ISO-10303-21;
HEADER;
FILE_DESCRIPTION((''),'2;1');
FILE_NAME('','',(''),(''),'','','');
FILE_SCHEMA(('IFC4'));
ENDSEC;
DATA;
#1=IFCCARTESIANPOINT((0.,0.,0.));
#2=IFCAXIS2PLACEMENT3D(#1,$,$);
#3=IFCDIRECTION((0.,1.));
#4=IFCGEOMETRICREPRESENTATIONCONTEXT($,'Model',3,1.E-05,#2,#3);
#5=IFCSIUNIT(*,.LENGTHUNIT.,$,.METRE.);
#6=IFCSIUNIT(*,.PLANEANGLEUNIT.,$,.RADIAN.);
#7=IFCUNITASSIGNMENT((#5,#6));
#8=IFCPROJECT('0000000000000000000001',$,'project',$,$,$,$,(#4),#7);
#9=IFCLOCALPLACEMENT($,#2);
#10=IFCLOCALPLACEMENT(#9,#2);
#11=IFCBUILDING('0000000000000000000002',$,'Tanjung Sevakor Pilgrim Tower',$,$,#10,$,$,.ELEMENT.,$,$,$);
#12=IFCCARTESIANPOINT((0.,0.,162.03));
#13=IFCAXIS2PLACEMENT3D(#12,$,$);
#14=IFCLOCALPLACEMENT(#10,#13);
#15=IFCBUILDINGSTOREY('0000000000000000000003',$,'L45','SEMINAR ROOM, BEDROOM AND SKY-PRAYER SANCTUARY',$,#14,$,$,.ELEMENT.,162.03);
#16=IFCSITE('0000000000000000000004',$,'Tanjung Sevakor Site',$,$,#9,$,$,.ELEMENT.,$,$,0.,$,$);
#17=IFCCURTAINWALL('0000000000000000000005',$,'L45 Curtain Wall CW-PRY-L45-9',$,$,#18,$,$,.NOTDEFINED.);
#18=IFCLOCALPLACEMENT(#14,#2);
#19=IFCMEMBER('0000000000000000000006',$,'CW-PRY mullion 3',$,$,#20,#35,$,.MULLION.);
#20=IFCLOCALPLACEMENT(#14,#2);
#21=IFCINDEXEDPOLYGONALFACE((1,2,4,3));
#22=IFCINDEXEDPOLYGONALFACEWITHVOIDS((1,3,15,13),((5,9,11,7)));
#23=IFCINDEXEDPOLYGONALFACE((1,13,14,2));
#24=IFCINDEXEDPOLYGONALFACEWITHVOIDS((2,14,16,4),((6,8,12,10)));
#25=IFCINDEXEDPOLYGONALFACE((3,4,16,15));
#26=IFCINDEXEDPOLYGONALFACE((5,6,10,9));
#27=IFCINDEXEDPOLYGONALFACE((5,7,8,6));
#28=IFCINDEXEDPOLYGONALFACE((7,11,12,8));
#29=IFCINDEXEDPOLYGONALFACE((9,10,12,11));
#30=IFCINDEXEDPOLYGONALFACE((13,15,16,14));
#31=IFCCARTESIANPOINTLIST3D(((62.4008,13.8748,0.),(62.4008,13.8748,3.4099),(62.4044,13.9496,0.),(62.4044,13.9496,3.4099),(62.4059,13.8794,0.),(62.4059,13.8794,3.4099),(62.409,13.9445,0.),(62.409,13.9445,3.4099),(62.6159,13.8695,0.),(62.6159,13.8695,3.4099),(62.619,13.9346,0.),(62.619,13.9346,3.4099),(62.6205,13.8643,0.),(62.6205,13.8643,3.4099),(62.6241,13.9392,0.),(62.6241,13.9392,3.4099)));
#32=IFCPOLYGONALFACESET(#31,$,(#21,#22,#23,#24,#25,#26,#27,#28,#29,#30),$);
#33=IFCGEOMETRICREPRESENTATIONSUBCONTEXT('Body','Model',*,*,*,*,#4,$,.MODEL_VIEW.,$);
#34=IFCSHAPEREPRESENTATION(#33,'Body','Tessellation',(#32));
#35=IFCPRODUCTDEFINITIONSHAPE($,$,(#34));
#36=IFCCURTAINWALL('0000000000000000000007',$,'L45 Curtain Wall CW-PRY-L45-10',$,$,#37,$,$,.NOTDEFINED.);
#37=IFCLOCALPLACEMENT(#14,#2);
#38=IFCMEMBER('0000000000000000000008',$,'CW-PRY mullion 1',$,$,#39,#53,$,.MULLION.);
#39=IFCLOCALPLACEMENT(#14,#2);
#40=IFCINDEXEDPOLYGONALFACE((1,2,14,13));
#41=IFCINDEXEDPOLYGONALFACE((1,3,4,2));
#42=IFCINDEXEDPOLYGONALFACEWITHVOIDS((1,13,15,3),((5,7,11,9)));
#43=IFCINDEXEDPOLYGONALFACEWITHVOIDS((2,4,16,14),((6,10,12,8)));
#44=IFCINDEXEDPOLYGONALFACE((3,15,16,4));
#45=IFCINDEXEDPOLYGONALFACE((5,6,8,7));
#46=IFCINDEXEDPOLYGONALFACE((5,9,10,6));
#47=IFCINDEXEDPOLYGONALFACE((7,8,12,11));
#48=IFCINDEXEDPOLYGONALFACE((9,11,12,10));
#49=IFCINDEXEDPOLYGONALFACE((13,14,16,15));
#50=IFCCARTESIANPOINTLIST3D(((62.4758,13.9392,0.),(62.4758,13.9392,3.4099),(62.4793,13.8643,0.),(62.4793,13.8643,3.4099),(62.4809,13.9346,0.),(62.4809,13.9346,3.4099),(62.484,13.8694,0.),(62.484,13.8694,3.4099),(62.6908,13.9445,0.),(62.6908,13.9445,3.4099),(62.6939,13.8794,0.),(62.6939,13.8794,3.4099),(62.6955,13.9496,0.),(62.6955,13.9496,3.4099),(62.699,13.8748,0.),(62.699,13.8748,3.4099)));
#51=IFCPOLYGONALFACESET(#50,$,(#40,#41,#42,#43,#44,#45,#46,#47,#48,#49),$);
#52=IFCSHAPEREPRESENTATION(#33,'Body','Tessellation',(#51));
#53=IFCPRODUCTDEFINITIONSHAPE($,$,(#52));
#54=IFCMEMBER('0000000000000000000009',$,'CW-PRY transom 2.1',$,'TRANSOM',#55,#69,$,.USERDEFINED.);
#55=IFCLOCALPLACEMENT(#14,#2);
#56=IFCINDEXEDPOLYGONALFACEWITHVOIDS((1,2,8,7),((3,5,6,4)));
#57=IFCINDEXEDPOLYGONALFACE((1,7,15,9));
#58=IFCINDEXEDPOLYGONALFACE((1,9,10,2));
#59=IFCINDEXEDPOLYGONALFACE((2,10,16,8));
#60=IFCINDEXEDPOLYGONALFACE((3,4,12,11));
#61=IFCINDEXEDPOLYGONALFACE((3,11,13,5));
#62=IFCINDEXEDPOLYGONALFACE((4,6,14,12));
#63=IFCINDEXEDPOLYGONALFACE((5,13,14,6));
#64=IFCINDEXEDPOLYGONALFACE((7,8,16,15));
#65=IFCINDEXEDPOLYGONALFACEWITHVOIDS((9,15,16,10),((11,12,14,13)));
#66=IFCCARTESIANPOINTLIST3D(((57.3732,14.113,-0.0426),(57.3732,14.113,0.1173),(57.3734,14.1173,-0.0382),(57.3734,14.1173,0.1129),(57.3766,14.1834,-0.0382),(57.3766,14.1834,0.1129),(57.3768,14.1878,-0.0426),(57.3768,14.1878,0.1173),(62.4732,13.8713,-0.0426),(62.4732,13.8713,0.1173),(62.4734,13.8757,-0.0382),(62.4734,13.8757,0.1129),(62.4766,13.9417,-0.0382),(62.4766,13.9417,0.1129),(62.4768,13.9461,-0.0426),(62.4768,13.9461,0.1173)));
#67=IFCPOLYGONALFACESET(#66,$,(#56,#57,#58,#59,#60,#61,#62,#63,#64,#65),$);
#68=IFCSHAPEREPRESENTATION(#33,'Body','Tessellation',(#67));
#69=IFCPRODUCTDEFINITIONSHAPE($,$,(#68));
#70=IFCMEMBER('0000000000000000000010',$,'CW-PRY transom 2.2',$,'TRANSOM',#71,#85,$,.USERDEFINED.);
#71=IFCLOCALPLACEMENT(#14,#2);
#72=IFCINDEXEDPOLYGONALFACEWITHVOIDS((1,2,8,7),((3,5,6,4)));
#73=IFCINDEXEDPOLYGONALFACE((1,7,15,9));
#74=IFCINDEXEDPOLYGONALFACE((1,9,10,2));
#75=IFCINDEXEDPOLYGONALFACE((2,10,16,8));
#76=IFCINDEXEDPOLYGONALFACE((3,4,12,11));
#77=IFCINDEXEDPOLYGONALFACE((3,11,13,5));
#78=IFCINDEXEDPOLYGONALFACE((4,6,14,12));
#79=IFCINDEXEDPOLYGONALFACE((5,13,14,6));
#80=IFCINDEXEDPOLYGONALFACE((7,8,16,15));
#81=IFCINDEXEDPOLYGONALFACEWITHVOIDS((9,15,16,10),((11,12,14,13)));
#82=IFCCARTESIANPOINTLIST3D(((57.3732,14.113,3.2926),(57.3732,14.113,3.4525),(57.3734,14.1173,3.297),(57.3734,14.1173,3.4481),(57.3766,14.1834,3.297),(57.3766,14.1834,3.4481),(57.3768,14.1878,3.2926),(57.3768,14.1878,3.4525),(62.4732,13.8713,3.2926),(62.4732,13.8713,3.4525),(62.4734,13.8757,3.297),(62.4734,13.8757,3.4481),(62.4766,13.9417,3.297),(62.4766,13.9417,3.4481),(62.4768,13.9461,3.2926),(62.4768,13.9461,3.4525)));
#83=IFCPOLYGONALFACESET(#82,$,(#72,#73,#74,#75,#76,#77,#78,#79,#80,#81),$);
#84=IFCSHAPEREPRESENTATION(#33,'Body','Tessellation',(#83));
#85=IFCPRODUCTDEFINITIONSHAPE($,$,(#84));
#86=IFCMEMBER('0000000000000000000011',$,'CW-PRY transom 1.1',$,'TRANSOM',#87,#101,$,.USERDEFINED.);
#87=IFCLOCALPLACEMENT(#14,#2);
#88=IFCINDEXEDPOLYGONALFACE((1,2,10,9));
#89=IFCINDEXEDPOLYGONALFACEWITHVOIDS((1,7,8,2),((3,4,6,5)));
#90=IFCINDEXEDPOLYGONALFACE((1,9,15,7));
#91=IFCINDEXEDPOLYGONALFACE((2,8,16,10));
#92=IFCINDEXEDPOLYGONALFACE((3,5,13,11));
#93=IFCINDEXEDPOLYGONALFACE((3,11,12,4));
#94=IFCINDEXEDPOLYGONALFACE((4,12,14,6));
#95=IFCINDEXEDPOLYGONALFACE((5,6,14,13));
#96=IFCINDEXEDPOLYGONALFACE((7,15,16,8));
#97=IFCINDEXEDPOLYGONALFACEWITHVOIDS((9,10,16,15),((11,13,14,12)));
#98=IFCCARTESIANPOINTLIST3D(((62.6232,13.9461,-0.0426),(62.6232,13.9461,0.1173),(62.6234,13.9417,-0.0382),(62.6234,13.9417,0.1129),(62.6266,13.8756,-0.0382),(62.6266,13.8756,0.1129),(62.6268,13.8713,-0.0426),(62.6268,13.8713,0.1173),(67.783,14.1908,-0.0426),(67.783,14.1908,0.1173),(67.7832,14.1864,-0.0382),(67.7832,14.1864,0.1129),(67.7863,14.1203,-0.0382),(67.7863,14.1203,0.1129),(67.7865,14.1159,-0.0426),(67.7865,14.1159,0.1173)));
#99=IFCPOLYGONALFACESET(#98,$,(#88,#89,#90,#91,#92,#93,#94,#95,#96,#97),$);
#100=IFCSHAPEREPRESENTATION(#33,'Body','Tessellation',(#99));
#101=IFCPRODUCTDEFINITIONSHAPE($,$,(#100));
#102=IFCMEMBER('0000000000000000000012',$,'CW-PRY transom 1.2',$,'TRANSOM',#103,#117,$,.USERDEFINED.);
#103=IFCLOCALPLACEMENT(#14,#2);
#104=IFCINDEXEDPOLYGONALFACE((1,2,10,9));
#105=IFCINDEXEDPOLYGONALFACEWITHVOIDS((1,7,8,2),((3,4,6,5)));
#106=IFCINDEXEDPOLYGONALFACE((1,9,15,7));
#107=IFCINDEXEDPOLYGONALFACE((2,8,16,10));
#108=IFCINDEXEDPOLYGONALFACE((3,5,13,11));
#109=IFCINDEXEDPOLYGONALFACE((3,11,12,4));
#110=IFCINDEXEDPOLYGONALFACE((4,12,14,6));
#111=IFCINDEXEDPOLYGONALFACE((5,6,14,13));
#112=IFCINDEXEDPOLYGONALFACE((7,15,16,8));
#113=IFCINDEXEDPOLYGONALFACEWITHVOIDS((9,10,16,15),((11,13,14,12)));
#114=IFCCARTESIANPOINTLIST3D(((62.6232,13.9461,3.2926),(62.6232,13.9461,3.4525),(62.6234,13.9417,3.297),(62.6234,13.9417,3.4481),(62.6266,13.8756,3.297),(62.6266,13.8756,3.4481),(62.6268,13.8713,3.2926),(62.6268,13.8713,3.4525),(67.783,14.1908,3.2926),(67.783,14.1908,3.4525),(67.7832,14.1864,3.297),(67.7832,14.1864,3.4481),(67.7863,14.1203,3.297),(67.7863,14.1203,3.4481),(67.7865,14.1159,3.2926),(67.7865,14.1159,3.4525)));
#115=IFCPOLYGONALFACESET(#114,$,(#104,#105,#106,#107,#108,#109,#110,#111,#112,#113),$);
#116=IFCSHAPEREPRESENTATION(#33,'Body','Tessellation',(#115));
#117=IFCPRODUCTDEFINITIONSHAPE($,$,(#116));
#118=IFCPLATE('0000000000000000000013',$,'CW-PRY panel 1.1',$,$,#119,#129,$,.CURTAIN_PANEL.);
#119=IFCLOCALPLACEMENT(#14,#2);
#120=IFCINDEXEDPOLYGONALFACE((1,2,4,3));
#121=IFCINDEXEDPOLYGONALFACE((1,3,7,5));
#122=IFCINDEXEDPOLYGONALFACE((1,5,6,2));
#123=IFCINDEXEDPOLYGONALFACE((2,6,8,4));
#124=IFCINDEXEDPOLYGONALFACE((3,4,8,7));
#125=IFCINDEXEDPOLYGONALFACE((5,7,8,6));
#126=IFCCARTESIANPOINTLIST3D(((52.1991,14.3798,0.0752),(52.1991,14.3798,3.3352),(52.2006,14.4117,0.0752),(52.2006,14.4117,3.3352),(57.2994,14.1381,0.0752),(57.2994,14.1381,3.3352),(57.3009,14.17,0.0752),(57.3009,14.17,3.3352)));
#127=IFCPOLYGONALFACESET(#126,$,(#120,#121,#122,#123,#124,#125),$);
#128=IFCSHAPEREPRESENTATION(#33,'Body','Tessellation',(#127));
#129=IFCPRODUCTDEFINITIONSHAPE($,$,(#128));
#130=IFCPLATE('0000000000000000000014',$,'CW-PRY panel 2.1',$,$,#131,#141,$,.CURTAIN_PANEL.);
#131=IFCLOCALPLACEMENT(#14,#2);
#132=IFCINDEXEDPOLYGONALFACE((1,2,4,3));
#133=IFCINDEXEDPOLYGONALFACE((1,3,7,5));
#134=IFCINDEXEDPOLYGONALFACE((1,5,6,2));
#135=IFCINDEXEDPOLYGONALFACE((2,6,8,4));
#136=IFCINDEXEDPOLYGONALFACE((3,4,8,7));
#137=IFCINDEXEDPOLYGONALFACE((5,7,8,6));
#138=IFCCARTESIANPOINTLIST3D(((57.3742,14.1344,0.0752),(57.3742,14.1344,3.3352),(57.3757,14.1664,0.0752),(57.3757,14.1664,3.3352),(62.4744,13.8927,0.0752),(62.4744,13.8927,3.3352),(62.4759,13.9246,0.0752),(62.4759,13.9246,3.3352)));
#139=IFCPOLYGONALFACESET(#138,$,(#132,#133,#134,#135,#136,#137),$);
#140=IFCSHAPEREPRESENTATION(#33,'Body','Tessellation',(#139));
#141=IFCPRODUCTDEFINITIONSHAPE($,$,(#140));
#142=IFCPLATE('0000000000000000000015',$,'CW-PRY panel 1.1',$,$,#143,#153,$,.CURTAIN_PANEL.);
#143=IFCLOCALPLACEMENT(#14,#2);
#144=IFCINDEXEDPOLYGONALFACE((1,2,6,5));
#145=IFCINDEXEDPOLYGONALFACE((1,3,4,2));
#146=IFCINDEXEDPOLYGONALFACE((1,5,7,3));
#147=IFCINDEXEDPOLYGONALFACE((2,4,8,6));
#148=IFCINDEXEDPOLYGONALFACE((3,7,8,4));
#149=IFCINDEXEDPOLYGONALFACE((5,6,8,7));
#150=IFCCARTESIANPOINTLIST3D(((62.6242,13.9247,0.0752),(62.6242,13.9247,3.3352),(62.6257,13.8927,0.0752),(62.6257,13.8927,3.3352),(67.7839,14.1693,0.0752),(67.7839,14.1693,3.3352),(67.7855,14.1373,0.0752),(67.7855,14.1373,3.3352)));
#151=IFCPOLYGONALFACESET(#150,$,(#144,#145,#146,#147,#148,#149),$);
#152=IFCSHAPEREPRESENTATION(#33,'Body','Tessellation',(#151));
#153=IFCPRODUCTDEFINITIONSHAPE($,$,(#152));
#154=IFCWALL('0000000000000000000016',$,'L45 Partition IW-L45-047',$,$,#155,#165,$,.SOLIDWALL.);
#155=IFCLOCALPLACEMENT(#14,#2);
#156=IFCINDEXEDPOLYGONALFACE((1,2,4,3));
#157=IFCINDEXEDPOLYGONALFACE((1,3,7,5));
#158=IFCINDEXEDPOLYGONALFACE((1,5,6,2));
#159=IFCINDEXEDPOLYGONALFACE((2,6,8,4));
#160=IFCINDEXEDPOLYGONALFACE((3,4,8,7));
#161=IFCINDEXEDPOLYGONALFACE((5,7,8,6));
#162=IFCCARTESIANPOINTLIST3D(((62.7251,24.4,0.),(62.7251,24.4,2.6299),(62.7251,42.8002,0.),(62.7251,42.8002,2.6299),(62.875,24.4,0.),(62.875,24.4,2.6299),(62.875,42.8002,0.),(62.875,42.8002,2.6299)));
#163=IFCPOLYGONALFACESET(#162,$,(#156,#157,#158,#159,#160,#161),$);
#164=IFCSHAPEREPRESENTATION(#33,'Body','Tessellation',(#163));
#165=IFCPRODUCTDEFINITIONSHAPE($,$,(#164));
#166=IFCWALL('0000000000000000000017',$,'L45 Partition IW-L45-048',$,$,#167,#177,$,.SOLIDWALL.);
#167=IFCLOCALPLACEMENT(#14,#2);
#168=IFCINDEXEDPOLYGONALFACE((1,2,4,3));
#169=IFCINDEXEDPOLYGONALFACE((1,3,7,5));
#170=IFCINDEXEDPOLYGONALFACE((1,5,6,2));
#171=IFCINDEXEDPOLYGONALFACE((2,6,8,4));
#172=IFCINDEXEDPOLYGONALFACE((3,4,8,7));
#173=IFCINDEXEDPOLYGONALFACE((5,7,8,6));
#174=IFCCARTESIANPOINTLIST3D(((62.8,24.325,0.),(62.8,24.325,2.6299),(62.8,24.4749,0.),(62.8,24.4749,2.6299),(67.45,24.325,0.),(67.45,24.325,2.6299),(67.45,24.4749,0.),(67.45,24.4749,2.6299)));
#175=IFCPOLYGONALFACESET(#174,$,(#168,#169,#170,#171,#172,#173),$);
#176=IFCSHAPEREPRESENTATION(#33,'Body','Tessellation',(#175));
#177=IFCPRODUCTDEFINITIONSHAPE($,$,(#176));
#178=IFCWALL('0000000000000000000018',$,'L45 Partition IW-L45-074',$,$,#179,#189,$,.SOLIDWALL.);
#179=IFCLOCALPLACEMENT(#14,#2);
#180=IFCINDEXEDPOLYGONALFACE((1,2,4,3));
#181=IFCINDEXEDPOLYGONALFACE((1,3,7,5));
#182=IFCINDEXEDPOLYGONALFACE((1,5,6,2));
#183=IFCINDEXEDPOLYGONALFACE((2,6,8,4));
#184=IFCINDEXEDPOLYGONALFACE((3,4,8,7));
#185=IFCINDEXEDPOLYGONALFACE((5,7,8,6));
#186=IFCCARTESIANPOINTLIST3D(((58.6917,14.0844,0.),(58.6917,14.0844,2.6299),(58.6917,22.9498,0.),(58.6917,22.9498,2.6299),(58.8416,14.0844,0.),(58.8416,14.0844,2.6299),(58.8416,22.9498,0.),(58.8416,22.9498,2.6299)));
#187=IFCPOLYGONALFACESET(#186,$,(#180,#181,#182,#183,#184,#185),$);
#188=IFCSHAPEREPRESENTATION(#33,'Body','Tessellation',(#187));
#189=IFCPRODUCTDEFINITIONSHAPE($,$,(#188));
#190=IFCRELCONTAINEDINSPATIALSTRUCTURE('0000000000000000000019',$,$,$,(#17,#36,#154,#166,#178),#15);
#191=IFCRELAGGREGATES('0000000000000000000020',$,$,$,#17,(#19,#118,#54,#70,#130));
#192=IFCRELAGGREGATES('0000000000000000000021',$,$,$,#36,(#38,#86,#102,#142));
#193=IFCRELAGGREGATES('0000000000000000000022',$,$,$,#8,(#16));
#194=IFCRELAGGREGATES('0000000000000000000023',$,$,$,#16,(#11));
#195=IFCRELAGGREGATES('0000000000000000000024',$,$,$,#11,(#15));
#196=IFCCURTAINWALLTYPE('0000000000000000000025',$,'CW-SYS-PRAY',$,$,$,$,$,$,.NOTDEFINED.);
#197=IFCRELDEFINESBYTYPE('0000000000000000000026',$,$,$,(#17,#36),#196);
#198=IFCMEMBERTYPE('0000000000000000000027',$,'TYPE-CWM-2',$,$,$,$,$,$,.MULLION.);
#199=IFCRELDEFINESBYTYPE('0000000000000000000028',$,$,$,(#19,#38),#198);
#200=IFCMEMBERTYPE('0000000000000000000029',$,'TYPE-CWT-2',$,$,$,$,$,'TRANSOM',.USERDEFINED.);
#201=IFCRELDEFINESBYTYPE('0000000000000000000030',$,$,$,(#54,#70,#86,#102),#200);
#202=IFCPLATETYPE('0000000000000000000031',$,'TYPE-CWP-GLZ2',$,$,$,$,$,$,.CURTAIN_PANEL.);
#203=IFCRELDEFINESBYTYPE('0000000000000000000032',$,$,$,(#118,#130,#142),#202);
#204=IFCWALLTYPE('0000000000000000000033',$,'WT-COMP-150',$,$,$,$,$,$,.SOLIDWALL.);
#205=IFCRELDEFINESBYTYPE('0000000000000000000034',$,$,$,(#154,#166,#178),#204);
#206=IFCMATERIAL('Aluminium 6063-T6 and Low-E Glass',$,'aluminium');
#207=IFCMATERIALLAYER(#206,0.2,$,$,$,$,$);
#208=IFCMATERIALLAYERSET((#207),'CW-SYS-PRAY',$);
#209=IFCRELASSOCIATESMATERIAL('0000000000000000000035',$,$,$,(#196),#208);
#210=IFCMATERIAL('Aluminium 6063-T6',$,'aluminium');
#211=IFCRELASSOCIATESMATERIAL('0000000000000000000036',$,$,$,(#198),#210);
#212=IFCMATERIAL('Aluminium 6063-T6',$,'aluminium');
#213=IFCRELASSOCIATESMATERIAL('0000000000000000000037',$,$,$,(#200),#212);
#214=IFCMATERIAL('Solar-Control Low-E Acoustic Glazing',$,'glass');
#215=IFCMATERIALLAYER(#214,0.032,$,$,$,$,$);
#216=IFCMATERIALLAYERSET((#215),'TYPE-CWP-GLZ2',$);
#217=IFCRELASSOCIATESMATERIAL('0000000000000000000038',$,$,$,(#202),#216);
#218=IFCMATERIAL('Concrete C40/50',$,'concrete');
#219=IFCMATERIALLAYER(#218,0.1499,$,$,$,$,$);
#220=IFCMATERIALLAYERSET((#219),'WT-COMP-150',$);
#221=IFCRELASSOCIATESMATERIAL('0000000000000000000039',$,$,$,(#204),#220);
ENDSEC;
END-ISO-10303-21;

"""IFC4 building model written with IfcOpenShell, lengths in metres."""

from ifc_helpers import new_model, si_unit, direction, frame, frame_2d, origin, origin_2d, place, context, subcontext, project, spatial, rectangle, hollow_rectangle, extrude, material, layer, layer_set, material_profile, profile_set, type_object, element, aggregate, save


model = new_model("IFC4")

# Units and contexts
model_context = context("Model", 3, precision=1e-05, world=origin(), true_north=direction((0.0, 1.0)))
body_context = subcontext(model_context, "Body", "Model", "MODEL_VIEW")
ifc_project = project(units=[si_unit("LENGTHUNIT", "METRE"), si_unit("PLANEANGLEUNIT", "RADIAN")], contexts=[model_context])

# Site, building, storey
site_placement = place(None, origin())
site = spatial("IfcSite", under=ifc_project, at=site_placement, Name="Tanjung Sevakor Site", CompositionType="ELEMENT", RefElevation=0.0)
building_placement = place(site_placement, origin())
building = spatial("IfcBuilding", under=site, at=building_placement, Name="Tanjung Sevakor Pilgrim Tower", CompositionType="ELEMENT")
storey_placement = place(building_placement, frame((0.0, 0.0, 162.03)))
storey = spatial("IfcBuildingStorey", under=building, at=storey_placement, Name="L45", Description="SEMINAR ROOM, BEDROOM AND SKY-PRAYER SANCTUARY", CompositionType="ELEMENT", Elevation=162.03)

# Curtain wall, member
ifc_material_1 = material(Name="Aluminium 6063-T6 and Low-E Glass", Category="aluminium")
ifc_layer_1 = layer(ifc_material_1, 0.2)
ifc_layer_set_1 = layer_set([ifc_layer_1], Name="CW-SYS-PRAY")
curtain_wall_type = type_object("IfcCurtainWallType", Name="CW-SYS-PRAY", PredefinedType="NOTDEFINED", material=ifc_layer_set_1)
curtain_wall_1_placement = place(storey_placement, origin())
curtain_wall_1 = element("IfcCurtainWall", 1, at=curtain_wall_1_placement, inside=storey, type_object=curtain_wall_type, Name="L45 Curtain Wall CW-PRY-L45-9", PredefinedType="NOTDEFINED")
ifc_material_2 = material(Name="Aluminium 6063-T6", Category="aluminium")
ifc_material_profile_1 = material_profile(ifc_material_2, hollow_rectangle(XDim=0.075, YDim=0.22, WallThickness=0.0049, at=origin_2d()))
ifc_profile_set_1 = profile_set([ifc_material_profile_1], Name="Aluminium 6063-T6")
member_type_1 = type_object("IfcMemberType", Name="TYPE-CWM-2", PredefinedType="MULLION", material=ifc_profile_set_1)
member_1_placement = place(storey_placement, frame((62.5125, 13.907, 0.0), z_axis=(0.0, 0.0, 1.0), x_axis=(0.047343, 0.998879, 0.0)))
member_1 = element("IfcMember", 2, at=member_1_placement, type_object=member_type_1, Name="CW-PRY mullion 3", PredefinedType="MULLION", context=body_context, shape_type="SweptSolid", body=[
    extrude(hollow_rectangle(XDim=0.075, YDim=0.22, WallThickness=0.0049, at=origin_2d()), origin(), (0.0, 0.0, 1.0), 3.4099),
])

# Curtain wall, member
curtain_wall_2_placement = place(storey_placement, origin())
curtain_wall_2 = element("IfcCurtainWall", 3, at=curtain_wall_2_placement, inside=storey, type_object=curtain_wall_type, Name="L45 Curtain Wall CW-PRY-L45-10", PredefinedType="NOTDEFINED")
member_2_placement = place(storey_placement, frame((62.5874, 13.907, 0.0), z_axis=(0.0, 0.0, 1.0), x_axis=(-0.047348, 0.998878, 0.0)))
member_2 = element("IfcMember", 4, at=member_2_placement, type_object=member_type_1, Name="CW-PRY mullion 1", PredefinedType="MULLION", context=body_context, shape_type="SweptSolid", body=[
    extrude(hollow_rectangle(XDim=0.075, YDim=0.22, WallThickness=0.0049, at=origin_2d()), origin(), (0.0, 0.0, 1.0), 3.4099),
])

# Members
ifc_material_3 = material(Name="Aluminium 6063-T6", Category="aluminium")
ifc_material_profile_2 = material_profile(ifc_material_3, hollow_rectangle(XDim=0.075, YDim=0.1599, WallThickness=0.0044, at=origin_2d()))
ifc_profile_set_2 = profile_set([ifc_material_profile_2], Name="Aluminium 6063-T6")
member_type_2 = type_object("IfcMemberType", Name="TYPE-CWT-2", ElementType="TRANSOM", PredefinedType="USERDEFINED", material=ifc_profile_set_2)
member_3_placement = place(storey_placement, frame((57.375, 14.1504, 0.0374), z_axis=(0.998879, -0.047338, 0.0), x_axis=(0.047338, 0.998879, 0.0)))
member_3 = element("IfcMember", 5, at=member_3_placement, type_object=member_type_2, Name="CW-PRY transom 2.1", ObjectType="TRANSOM", PredefinedType="USERDEFINED", context=body_context, shape_type="SweptSolid", body=[
    extrude(hollow_rectangle(XDim=0.075, YDim=0.1599, WallThickness=0.0044, at=origin_2d()), origin(), (0.0, 0.0, 1.0), 5.1057),
])
member_4_placement = place(storey_placement, frame((57.375, 14.1504, 3.3726), z_axis=(0.998879, -0.047338, 0.0), x_axis=(0.047338, 0.998879, 0.0)))
member_4 = element("IfcMember", 6, at=member_4_placement, type_object=member_type_2, Name="CW-PRY transom 2.2", ObjectType="TRANSOM", PredefinedType="USERDEFINED", context=body_context, shape_type="SweptSolid", body=[
    extrude(hollow_rectangle(XDim=0.075, YDim=0.1599, WallThickness=0.0044, at=origin_2d()), origin(), (0.0, 0.0, 1.0), 5.1057),
])
member_5_placement = place(storey_placement, frame((62.625, 13.9087, 0.0374), z_axis=(0.998878, 0.047359, 0.0), x_axis=(-0.047359, 0.998878, 0.0)))
member_5 = element("IfcMember", 7, at=member_5_placement, type_object=member_type_2, Name="CW-PRY transom 1.1", ObjectType="TRANSOM", PredefinedType="USERDEFINED", context=body_context, shape_type="SweptSolid", body=[
    extrude(hollow_rectangle(XDim=0.075, YDim=0.1599, WallThickness=0.0044, at=origin_2d()), origin(), (0.0, 0.0, 1.0), 5.1655),
])
member_6_placement = place(storey_placement, frame((62.625, 13.9087, 3.3726), z_axis=(0.998878, 0.047359, 0.0), x_axis=(-0.047359, 0.998878, 0.0)))
member_6 = element("IfcMember", 8, at=member_6_placement, type_object=member_type_2, Name="CW-PRY transom 1.2", ObjectType="TRANSOM", PredefinedType="USERDEFINED", context=body_context, shape_type="SweptSolid", body=[
    extrude(hollow_rectangle(XDim=0.075, YDim=0.1599, WallThickness=0.0044, at=origin_2d()), origin(), (0.0, 0.0, 1.0), 5.1655),
])

# Plates
ifc_material_4 = material(Name="Solar-Control Low-E Acoustic Glazing", Category="glass")
ifc_layer_2 = layer(ifc_material_4, 0.032)
ifc_layer_set_2 = layer_set([ifc_layer_2], Name="TYPE-CWP-GLZ2")
plate_type = type_object("IfcPlateType", Name="TYPE-CWP-GLZ2", PredefinedType="CURTAIN_PANEL", material=ifc_layer_set_2)
plate_1_placement = place(storey_placement, frame((54.75, 14.2749, 0.0752), z_axis=(0.0, 0.0, 1.0), x_axis=(0.998879, -0.047343, 0.0)))
plate_1 = element("IfcPlate", 9, at=plate_1_placement, type_object=plate_type, Name="CW-PRY panel 1.1", PredefinedType="CURTAIN_PANEL", context=body_context, shape_type="SweptSolid", body=[
    extrude(rectangle(XDim=5.106, YDim=0.032, at=origin_2d()), origin(), (0.0, 0.0, 1.0), 3.26),
])
plate_2_placement = place(storey_placement, frame((59.925, 14.0295, 0.0752), z_axis=(0.0, 0.0, 1.0), x_axis=(0.998879, -0.047343, 0.0)))
plate_2 = element("IfcPlate", 10, at=plate_2_placement, type_object=plate_type, Name="CW-PRY panel 2.1", PredefinedType="CURTAIN_PANEL", context=body_context, shape_type="SweptSolid", body=[
    extrude(rectangle(XDim=5.106, YDim=0.032, at=origin_2d()), origin(), (0.0, 0.0, 1.0), 3.26),
])
aggregate(curtain_wall_1, [member_1, plate_1, member_3, member_4, plate_2])
plate_3_placement = place(storey_placement, frame((65.2048, 14.031, 0.0752), z_axis=(0.0, 0.0, 1.0), x_axis=(0.998878, 0.047348, 0.0)))
plate_3 = element("IfcPlate", 11, at=plate_3_placement, type_object=plate_type, Name="CW-PRY panel 1.1", PredefinedType="CURTAIN_PANEL", context=body_context, shape_type="SweptSolid", body=[
    extrude(rectangle(XDim=5.1655, YDim=0.032, at=origin_2d()), origin(), (0.0, 0.0, 1.0), 3.26),
])
aggregate(curtain_wall_2, [member_2, member_5, member_6, plate_3])

# Walls
ifc_material_5 = material(Name="Concrete C40/50", Category="concrete")
ifc_layer_3 = layer(ifc_material_5, 0.1499)
ifc_layer_set_3 = layer_set([ifc_layer_3], Name="WT-COMP-150")
wall_type_1 = type_object("IfcWallType", Name="WT-COMP-150", PredefinedType="SOLIDWALL", material=ifc_layer_set_3)
wall_1_placement = place(storey_placement, frame((62.8, 24.3999, 0.0), z_axis=(0.0, 0.0, 1.0), x_axis=(0.0, 1.0, 0.0)))
element("IfcWall", 12, at=wall_1_placement, inside=storey, type_object=wall_type_1, Name="L45 Partition IW-L45-047", PredefinedType="SOLIDWALL", context=body_context, shape_type="SweptSolid", body=[
    extrude(rectangle(XDim=18.4001, YDim=0.1499, at=frame_2d((9.2002, 0.0))), origin(), (0.0, 0.0, 1.0), 2.6299),
])
wall_2_placement = place(storey_placement, frame((62.8, 24.3999, 0.0), z_axis=(0.0, 0.0, 1.0), x_axis=(1.0, 0.0, 0.0)))
element("IfcWall", 13, at=wall_2_placement, inside=storey, type_object=wall_type_1, Name="L45 Partition IW-L45-048", PredefinedType="SOLIDWALL", context=body_context, shape_type="SweptSolid", body=[
    extrude(rectangle(XDim=4.6499, YDim=0.1499, at=frame_2d((2.325, 0.0))), origin(), (0.0, 0.0, 1.0), 2.6299),
])
wall_3_placement = place(storey_placement, frame((58.7666, 14.0845, 0.0), z_axis=(0.0, 0.0, 1.0), x_axis=(0.0, 1.0, 0.0)))
element("IfcWall", 14, at=wall_3_placement, inside=storey, type_object=wall_type_1, Name="L45 Partition IW-L45-074", PredefinedType="SOLIDWALL", context=body_context, shape_type="SweptSolid", body=[
    extrude(rectangle(XDim=8.8655, YDim=0.1499, at=frame_2d((4.4326, 0.0))), origin(), (0.0, 0.0, 1.0), 2.6299),
])

save(model, "model.ifc")
